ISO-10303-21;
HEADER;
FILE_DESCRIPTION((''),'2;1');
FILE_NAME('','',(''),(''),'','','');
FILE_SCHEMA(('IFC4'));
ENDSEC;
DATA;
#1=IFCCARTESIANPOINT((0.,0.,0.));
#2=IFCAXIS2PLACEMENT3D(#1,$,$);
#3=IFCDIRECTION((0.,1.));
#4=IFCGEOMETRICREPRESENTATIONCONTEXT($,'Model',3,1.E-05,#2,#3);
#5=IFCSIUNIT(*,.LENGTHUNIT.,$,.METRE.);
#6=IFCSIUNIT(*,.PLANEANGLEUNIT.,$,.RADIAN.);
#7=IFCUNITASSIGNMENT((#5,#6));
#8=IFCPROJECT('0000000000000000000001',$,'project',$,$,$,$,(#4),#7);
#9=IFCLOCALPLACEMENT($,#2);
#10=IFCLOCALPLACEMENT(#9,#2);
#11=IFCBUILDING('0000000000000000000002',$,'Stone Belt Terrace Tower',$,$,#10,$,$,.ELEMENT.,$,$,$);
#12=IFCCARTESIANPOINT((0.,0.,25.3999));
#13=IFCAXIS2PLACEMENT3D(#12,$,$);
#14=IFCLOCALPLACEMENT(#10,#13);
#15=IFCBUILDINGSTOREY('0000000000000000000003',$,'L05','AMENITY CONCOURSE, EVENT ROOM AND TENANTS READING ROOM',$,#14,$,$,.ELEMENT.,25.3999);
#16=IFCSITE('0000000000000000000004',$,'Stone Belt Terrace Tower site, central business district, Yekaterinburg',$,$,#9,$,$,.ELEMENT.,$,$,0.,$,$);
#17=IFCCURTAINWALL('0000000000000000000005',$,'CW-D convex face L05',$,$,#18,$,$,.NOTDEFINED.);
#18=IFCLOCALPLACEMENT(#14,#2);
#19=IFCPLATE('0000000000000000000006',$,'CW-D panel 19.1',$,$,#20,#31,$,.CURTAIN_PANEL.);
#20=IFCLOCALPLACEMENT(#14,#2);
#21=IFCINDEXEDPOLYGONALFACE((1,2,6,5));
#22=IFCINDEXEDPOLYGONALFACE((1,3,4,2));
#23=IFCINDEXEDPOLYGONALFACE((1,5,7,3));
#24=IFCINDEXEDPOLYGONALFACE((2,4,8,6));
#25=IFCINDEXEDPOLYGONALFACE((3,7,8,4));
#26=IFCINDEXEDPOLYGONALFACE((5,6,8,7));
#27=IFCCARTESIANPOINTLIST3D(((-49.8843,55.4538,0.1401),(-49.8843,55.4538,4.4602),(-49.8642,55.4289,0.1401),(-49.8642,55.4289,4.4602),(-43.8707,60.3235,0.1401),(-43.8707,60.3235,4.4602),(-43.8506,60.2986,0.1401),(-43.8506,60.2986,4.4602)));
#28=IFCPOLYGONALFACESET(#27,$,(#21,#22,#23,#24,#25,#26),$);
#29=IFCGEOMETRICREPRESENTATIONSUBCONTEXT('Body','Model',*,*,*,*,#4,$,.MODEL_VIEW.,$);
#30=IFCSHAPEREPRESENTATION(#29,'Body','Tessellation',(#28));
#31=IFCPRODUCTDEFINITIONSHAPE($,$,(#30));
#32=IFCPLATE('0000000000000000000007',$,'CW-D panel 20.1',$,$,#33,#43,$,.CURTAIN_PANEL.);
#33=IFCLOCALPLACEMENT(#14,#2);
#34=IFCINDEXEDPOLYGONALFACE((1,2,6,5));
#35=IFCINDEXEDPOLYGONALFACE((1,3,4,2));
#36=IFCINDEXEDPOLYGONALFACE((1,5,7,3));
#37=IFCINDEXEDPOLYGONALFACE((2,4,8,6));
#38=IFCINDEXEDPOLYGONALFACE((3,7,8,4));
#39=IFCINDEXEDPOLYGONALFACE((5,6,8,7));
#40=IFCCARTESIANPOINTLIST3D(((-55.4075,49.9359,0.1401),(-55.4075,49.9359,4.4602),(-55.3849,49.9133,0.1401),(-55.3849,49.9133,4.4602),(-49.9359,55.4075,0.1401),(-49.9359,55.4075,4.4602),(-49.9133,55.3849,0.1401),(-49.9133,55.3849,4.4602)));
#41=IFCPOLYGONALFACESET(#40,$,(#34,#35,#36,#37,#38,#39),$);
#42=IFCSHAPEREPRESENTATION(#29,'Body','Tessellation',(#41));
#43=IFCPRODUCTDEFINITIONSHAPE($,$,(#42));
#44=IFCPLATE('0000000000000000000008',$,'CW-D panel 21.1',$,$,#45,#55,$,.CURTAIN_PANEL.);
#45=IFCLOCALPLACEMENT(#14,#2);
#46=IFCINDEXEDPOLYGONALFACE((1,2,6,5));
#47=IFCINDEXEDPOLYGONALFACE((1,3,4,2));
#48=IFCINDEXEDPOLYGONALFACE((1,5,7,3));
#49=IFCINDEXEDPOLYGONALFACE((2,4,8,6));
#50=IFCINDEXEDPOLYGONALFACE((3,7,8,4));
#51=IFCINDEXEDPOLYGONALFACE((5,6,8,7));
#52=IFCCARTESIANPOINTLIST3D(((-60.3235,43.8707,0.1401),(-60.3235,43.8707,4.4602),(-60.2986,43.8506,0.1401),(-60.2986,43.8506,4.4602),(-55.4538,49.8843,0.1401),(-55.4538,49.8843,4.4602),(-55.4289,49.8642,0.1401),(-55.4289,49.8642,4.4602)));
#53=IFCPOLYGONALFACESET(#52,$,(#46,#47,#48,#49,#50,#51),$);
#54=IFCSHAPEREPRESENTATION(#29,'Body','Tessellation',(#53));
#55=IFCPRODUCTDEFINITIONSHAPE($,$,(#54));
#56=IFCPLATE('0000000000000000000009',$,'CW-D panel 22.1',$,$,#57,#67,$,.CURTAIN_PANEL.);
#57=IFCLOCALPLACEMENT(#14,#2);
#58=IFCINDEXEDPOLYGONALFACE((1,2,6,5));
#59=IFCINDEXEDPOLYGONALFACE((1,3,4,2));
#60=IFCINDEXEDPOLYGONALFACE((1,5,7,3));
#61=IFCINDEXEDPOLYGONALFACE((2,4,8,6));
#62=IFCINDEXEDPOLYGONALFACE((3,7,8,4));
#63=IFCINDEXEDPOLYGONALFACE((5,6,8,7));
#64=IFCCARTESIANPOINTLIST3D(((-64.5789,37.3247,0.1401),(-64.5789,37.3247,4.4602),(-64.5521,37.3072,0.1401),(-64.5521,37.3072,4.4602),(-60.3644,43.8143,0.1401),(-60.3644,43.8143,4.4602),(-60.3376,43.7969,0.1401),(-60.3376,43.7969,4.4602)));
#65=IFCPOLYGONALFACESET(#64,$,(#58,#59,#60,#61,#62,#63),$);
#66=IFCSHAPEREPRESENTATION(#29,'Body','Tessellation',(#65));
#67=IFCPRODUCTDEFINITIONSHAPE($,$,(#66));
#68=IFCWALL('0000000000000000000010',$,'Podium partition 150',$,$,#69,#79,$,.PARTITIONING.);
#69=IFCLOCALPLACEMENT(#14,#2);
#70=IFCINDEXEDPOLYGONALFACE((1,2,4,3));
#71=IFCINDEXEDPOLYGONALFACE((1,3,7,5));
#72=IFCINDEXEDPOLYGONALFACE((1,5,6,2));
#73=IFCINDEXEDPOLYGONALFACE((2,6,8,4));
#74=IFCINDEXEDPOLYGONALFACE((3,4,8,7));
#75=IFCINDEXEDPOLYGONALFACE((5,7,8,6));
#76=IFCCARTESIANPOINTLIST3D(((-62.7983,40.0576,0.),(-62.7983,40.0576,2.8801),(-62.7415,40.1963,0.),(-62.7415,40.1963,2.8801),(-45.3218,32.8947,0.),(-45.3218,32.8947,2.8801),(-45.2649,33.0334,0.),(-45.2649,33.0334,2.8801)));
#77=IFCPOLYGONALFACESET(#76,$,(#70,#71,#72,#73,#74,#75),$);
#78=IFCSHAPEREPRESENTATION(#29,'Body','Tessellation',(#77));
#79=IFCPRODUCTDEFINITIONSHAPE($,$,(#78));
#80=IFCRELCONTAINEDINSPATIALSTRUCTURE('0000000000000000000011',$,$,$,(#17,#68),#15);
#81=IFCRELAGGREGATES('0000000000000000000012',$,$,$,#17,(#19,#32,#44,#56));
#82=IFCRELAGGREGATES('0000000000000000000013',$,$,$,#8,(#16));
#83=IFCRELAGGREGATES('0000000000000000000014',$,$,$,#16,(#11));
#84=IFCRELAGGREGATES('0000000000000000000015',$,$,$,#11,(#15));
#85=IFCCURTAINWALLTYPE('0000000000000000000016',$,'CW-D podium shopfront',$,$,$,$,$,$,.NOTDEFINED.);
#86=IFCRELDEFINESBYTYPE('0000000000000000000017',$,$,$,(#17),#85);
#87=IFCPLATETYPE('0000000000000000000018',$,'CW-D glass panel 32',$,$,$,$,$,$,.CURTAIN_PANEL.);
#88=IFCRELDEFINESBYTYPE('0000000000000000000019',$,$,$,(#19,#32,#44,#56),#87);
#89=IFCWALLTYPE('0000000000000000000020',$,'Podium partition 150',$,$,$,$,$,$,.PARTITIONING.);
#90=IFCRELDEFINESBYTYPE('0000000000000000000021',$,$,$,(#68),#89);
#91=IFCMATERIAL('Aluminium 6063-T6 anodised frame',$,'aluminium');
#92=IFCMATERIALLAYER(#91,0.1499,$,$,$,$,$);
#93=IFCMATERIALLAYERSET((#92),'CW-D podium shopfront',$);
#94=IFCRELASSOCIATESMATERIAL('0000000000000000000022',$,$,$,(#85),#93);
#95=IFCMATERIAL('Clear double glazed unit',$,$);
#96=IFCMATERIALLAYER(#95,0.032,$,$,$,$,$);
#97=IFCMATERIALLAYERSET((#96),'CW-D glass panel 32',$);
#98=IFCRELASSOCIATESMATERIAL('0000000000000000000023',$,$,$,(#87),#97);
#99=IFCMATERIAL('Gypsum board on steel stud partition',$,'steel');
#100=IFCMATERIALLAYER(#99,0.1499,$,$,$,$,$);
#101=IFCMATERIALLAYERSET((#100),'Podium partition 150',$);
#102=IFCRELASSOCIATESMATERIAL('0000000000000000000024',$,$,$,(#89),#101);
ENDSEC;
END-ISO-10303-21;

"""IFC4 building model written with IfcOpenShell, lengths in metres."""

from ifc_helpers import new_model, si_unit, direction, frame, frame_2d, origin, origin_2d, place, context, subcontext, project, spatial, rectangle, extrude, material, layer, layer_set, type_object, element, aggregate, save


model = new_model("IFC4")

# Units and contexts
model_context = context("Model", 3, precision=1e-05, world=origin(), true_north=direction((0.0, 1.0)))
body_context = subcontext(model_context, "Body", "Model", "MODEL_VIEW")
ifc_project = project(units=[si_unit("LENGTHUNIT", "METRE"), si_unit("PLANEANGLEUNIT", "RADIAN")], contexts=[model_context])

# Site, building, storey
site_placement = place(None, origin())
site = spatial("IfcSite", under=ifc_project, at=site_placement, Name="Stone Belt Terrace Tower site, central business district, Yekaterinburg", CompositionType="ELEMENT", RefElevation=0.0)
building_placement = place(site_placement, origin())
building = spatial("IfcBuilding", under=site, at=building_placement, Name="Stone Belt Terrace Tower", CompositionType="ELEMENT")
storey_placement = place(building_placement, frame((0.0, 0.0, 25.3999)))
storey = spatial("IfcBuildingStorey", under=building, at=storey_placement, Name="L05", Description="AMENITY CONCOURSE, EVENT ROOM AND TENANTS READING ROOM", CompositionType="ELEMENT", Elevation=25.3999)

# Curtain wall
ifc_material_1 = material(Name="Aluminium 6063-T6 anodised frame", Category="aluminium")
ifc_layer_1 = layer(ifc_material_1, 0.1499)
ifc_layer_set_1 = layer_set([ifc_layer_1], Name="CW-D podium shopfront")
curtain_wall_type = type_object("IfcCurtainWallType", Name="CW-D podium shopfront", PredefinedType="NOTDEFINED", material=ifc_layer_set_1)
curtain_wall_placement = place(storey_placement, origin())
curtain_wall = element("IfcCurtainWall", 1, at=curtain_wall_placement, inside=storey, type_object=curtain_wall_type, Name="CW-D convex face L05", PredefinedType="NOTDEFINED")

# Plates
ifc_material_2 = material(Name="Clear double glazed unit")
ifc_layer_2 = layer(ifc_material_2, 0.032)
ifc_layer_set_2 = layer_set([ifc_layer_2], Name="CW-D glass panel 32")
plate_type = type_object("IfcPlateType", Name="CW-D glass panel 32", PredefinedType="CURTAIN_PANEL", material=ifc_layer_set_2)
plate_1_placement = place(storey_placement, frame((-46.8674, 57.8762, 0.1401), z_axis=(0.0, 0.0, 1.0), x_axis=(-0.777146, -0.62932, 0.0)))
plate_1 = element("IfcPlate", 2, at=plate_1_placement, type_object=plate_type, Name="CW-D panel 19.1", PredefinedType="CURTAIN_PANEL", context=body_context, shape_type="SweptSolid", body=[
    extrude(rectangle(XDim=7.738, YDim=0.032, at=origin_2d()), origin(), (0.0, 0.0, 1.0), 4.3201),
])
plate_2_placement = place(storey_placement, frame((-52.6604, 52.6604, 0.1401), z_axis=(0.0, 0.0, 1.0), x_axis=(-0.707107, -0.707107, 0.0)))
plate_2 = element("IfcPlate", 3, at=plate_2_placement, type_object=plate_type, Name="CW-D panel 20.1", PredefinedType="CURTAIN_PANEL", context=body_context, shape_type="SweptSolid", body=[
    extrude(rectangle(XDim=7.738, YDim=0.032, at=origin_2d()), origin(), (0.0, 0.0, 1.0), 4.3201),
])
plate_3_placement = place(storey_placement, frame((-57.8762, 46.8674, 0.1401), z_axis=(0.0, 0.0, 1.0), x_axis=(-0.62932, -0.777146, 0.0)))
plate_3 = element("IfcPlate", 4, at=plate_3_placement, type_object=plate_type, Name="CW-D panel 21.1", PredefinedType="CURTAIN_PANEL", context=body_context, shape_type="SweptSolid", body=[
    extrude(rectangle(XDim=7.738, YDim=0.032, at=origin_2d()), origin(), (0.0, 0.0, 1.0), 4.3201),
])
plate_4_placement = place(storey_placement, frame((-62.4583, 40.5608, 0.1401), z_axis=(0.0, 0.0, 1.0), x_axis=(-0.544639, -0.838671, 0.0)))
plate_4 = element("IfcPlate", 5, at=plate_4_placement, type_object=plate_type, Name="CW-D panel 22.1", PredefinedType="CURTAIN_PANEL", context=body_context, shape_type="SweptSolid", body=[
    extrude(rectangle(XDim=7.738, YDim=0.032, at=origin_2d()), origin(), (0.0, 0.0, 1.0), 4.3201),
])
aggregate(curtain_wall, [plate_1, plate_2, plate_3, plate_4])

# Wall
ifc_material_3 = material(Name="Gypsum board on steel stud partition", Category="steel")
ifc_layer_3 = layer(ifc_material_3, 0.1499)
ifc_layer_set_3 = layer_set([ifc_layer_3], Name="Podium partition 150")
wall_type = type_object("IfcWallType", Name="Podium partition 150", PredefinedType="PARTITIONING", material=ifc_layer_set_3)
wall_placement = place(storey_placement, frame((-62.77, 40.127, 0.0), z_axis=(0.0, 0.0, 1.0), x_axis=(0.925299, -0.379238, 0.0)))
element("IfcWall", 6, at=wall_placement, inside=storey, type_object=wall_type, Name="Podium partition 150", PredefinedType="PARTITIONING", context=body_context, shape_type="SweptSolid", body=[
    extrude(rectangle(XDim=18.8875, YDim=0.1499, at=frame_2d((9.4438, 0.0))), origin(), (0.0, 0.0, 1.0), 2.8801),
])

save(model, "model.ifc")
